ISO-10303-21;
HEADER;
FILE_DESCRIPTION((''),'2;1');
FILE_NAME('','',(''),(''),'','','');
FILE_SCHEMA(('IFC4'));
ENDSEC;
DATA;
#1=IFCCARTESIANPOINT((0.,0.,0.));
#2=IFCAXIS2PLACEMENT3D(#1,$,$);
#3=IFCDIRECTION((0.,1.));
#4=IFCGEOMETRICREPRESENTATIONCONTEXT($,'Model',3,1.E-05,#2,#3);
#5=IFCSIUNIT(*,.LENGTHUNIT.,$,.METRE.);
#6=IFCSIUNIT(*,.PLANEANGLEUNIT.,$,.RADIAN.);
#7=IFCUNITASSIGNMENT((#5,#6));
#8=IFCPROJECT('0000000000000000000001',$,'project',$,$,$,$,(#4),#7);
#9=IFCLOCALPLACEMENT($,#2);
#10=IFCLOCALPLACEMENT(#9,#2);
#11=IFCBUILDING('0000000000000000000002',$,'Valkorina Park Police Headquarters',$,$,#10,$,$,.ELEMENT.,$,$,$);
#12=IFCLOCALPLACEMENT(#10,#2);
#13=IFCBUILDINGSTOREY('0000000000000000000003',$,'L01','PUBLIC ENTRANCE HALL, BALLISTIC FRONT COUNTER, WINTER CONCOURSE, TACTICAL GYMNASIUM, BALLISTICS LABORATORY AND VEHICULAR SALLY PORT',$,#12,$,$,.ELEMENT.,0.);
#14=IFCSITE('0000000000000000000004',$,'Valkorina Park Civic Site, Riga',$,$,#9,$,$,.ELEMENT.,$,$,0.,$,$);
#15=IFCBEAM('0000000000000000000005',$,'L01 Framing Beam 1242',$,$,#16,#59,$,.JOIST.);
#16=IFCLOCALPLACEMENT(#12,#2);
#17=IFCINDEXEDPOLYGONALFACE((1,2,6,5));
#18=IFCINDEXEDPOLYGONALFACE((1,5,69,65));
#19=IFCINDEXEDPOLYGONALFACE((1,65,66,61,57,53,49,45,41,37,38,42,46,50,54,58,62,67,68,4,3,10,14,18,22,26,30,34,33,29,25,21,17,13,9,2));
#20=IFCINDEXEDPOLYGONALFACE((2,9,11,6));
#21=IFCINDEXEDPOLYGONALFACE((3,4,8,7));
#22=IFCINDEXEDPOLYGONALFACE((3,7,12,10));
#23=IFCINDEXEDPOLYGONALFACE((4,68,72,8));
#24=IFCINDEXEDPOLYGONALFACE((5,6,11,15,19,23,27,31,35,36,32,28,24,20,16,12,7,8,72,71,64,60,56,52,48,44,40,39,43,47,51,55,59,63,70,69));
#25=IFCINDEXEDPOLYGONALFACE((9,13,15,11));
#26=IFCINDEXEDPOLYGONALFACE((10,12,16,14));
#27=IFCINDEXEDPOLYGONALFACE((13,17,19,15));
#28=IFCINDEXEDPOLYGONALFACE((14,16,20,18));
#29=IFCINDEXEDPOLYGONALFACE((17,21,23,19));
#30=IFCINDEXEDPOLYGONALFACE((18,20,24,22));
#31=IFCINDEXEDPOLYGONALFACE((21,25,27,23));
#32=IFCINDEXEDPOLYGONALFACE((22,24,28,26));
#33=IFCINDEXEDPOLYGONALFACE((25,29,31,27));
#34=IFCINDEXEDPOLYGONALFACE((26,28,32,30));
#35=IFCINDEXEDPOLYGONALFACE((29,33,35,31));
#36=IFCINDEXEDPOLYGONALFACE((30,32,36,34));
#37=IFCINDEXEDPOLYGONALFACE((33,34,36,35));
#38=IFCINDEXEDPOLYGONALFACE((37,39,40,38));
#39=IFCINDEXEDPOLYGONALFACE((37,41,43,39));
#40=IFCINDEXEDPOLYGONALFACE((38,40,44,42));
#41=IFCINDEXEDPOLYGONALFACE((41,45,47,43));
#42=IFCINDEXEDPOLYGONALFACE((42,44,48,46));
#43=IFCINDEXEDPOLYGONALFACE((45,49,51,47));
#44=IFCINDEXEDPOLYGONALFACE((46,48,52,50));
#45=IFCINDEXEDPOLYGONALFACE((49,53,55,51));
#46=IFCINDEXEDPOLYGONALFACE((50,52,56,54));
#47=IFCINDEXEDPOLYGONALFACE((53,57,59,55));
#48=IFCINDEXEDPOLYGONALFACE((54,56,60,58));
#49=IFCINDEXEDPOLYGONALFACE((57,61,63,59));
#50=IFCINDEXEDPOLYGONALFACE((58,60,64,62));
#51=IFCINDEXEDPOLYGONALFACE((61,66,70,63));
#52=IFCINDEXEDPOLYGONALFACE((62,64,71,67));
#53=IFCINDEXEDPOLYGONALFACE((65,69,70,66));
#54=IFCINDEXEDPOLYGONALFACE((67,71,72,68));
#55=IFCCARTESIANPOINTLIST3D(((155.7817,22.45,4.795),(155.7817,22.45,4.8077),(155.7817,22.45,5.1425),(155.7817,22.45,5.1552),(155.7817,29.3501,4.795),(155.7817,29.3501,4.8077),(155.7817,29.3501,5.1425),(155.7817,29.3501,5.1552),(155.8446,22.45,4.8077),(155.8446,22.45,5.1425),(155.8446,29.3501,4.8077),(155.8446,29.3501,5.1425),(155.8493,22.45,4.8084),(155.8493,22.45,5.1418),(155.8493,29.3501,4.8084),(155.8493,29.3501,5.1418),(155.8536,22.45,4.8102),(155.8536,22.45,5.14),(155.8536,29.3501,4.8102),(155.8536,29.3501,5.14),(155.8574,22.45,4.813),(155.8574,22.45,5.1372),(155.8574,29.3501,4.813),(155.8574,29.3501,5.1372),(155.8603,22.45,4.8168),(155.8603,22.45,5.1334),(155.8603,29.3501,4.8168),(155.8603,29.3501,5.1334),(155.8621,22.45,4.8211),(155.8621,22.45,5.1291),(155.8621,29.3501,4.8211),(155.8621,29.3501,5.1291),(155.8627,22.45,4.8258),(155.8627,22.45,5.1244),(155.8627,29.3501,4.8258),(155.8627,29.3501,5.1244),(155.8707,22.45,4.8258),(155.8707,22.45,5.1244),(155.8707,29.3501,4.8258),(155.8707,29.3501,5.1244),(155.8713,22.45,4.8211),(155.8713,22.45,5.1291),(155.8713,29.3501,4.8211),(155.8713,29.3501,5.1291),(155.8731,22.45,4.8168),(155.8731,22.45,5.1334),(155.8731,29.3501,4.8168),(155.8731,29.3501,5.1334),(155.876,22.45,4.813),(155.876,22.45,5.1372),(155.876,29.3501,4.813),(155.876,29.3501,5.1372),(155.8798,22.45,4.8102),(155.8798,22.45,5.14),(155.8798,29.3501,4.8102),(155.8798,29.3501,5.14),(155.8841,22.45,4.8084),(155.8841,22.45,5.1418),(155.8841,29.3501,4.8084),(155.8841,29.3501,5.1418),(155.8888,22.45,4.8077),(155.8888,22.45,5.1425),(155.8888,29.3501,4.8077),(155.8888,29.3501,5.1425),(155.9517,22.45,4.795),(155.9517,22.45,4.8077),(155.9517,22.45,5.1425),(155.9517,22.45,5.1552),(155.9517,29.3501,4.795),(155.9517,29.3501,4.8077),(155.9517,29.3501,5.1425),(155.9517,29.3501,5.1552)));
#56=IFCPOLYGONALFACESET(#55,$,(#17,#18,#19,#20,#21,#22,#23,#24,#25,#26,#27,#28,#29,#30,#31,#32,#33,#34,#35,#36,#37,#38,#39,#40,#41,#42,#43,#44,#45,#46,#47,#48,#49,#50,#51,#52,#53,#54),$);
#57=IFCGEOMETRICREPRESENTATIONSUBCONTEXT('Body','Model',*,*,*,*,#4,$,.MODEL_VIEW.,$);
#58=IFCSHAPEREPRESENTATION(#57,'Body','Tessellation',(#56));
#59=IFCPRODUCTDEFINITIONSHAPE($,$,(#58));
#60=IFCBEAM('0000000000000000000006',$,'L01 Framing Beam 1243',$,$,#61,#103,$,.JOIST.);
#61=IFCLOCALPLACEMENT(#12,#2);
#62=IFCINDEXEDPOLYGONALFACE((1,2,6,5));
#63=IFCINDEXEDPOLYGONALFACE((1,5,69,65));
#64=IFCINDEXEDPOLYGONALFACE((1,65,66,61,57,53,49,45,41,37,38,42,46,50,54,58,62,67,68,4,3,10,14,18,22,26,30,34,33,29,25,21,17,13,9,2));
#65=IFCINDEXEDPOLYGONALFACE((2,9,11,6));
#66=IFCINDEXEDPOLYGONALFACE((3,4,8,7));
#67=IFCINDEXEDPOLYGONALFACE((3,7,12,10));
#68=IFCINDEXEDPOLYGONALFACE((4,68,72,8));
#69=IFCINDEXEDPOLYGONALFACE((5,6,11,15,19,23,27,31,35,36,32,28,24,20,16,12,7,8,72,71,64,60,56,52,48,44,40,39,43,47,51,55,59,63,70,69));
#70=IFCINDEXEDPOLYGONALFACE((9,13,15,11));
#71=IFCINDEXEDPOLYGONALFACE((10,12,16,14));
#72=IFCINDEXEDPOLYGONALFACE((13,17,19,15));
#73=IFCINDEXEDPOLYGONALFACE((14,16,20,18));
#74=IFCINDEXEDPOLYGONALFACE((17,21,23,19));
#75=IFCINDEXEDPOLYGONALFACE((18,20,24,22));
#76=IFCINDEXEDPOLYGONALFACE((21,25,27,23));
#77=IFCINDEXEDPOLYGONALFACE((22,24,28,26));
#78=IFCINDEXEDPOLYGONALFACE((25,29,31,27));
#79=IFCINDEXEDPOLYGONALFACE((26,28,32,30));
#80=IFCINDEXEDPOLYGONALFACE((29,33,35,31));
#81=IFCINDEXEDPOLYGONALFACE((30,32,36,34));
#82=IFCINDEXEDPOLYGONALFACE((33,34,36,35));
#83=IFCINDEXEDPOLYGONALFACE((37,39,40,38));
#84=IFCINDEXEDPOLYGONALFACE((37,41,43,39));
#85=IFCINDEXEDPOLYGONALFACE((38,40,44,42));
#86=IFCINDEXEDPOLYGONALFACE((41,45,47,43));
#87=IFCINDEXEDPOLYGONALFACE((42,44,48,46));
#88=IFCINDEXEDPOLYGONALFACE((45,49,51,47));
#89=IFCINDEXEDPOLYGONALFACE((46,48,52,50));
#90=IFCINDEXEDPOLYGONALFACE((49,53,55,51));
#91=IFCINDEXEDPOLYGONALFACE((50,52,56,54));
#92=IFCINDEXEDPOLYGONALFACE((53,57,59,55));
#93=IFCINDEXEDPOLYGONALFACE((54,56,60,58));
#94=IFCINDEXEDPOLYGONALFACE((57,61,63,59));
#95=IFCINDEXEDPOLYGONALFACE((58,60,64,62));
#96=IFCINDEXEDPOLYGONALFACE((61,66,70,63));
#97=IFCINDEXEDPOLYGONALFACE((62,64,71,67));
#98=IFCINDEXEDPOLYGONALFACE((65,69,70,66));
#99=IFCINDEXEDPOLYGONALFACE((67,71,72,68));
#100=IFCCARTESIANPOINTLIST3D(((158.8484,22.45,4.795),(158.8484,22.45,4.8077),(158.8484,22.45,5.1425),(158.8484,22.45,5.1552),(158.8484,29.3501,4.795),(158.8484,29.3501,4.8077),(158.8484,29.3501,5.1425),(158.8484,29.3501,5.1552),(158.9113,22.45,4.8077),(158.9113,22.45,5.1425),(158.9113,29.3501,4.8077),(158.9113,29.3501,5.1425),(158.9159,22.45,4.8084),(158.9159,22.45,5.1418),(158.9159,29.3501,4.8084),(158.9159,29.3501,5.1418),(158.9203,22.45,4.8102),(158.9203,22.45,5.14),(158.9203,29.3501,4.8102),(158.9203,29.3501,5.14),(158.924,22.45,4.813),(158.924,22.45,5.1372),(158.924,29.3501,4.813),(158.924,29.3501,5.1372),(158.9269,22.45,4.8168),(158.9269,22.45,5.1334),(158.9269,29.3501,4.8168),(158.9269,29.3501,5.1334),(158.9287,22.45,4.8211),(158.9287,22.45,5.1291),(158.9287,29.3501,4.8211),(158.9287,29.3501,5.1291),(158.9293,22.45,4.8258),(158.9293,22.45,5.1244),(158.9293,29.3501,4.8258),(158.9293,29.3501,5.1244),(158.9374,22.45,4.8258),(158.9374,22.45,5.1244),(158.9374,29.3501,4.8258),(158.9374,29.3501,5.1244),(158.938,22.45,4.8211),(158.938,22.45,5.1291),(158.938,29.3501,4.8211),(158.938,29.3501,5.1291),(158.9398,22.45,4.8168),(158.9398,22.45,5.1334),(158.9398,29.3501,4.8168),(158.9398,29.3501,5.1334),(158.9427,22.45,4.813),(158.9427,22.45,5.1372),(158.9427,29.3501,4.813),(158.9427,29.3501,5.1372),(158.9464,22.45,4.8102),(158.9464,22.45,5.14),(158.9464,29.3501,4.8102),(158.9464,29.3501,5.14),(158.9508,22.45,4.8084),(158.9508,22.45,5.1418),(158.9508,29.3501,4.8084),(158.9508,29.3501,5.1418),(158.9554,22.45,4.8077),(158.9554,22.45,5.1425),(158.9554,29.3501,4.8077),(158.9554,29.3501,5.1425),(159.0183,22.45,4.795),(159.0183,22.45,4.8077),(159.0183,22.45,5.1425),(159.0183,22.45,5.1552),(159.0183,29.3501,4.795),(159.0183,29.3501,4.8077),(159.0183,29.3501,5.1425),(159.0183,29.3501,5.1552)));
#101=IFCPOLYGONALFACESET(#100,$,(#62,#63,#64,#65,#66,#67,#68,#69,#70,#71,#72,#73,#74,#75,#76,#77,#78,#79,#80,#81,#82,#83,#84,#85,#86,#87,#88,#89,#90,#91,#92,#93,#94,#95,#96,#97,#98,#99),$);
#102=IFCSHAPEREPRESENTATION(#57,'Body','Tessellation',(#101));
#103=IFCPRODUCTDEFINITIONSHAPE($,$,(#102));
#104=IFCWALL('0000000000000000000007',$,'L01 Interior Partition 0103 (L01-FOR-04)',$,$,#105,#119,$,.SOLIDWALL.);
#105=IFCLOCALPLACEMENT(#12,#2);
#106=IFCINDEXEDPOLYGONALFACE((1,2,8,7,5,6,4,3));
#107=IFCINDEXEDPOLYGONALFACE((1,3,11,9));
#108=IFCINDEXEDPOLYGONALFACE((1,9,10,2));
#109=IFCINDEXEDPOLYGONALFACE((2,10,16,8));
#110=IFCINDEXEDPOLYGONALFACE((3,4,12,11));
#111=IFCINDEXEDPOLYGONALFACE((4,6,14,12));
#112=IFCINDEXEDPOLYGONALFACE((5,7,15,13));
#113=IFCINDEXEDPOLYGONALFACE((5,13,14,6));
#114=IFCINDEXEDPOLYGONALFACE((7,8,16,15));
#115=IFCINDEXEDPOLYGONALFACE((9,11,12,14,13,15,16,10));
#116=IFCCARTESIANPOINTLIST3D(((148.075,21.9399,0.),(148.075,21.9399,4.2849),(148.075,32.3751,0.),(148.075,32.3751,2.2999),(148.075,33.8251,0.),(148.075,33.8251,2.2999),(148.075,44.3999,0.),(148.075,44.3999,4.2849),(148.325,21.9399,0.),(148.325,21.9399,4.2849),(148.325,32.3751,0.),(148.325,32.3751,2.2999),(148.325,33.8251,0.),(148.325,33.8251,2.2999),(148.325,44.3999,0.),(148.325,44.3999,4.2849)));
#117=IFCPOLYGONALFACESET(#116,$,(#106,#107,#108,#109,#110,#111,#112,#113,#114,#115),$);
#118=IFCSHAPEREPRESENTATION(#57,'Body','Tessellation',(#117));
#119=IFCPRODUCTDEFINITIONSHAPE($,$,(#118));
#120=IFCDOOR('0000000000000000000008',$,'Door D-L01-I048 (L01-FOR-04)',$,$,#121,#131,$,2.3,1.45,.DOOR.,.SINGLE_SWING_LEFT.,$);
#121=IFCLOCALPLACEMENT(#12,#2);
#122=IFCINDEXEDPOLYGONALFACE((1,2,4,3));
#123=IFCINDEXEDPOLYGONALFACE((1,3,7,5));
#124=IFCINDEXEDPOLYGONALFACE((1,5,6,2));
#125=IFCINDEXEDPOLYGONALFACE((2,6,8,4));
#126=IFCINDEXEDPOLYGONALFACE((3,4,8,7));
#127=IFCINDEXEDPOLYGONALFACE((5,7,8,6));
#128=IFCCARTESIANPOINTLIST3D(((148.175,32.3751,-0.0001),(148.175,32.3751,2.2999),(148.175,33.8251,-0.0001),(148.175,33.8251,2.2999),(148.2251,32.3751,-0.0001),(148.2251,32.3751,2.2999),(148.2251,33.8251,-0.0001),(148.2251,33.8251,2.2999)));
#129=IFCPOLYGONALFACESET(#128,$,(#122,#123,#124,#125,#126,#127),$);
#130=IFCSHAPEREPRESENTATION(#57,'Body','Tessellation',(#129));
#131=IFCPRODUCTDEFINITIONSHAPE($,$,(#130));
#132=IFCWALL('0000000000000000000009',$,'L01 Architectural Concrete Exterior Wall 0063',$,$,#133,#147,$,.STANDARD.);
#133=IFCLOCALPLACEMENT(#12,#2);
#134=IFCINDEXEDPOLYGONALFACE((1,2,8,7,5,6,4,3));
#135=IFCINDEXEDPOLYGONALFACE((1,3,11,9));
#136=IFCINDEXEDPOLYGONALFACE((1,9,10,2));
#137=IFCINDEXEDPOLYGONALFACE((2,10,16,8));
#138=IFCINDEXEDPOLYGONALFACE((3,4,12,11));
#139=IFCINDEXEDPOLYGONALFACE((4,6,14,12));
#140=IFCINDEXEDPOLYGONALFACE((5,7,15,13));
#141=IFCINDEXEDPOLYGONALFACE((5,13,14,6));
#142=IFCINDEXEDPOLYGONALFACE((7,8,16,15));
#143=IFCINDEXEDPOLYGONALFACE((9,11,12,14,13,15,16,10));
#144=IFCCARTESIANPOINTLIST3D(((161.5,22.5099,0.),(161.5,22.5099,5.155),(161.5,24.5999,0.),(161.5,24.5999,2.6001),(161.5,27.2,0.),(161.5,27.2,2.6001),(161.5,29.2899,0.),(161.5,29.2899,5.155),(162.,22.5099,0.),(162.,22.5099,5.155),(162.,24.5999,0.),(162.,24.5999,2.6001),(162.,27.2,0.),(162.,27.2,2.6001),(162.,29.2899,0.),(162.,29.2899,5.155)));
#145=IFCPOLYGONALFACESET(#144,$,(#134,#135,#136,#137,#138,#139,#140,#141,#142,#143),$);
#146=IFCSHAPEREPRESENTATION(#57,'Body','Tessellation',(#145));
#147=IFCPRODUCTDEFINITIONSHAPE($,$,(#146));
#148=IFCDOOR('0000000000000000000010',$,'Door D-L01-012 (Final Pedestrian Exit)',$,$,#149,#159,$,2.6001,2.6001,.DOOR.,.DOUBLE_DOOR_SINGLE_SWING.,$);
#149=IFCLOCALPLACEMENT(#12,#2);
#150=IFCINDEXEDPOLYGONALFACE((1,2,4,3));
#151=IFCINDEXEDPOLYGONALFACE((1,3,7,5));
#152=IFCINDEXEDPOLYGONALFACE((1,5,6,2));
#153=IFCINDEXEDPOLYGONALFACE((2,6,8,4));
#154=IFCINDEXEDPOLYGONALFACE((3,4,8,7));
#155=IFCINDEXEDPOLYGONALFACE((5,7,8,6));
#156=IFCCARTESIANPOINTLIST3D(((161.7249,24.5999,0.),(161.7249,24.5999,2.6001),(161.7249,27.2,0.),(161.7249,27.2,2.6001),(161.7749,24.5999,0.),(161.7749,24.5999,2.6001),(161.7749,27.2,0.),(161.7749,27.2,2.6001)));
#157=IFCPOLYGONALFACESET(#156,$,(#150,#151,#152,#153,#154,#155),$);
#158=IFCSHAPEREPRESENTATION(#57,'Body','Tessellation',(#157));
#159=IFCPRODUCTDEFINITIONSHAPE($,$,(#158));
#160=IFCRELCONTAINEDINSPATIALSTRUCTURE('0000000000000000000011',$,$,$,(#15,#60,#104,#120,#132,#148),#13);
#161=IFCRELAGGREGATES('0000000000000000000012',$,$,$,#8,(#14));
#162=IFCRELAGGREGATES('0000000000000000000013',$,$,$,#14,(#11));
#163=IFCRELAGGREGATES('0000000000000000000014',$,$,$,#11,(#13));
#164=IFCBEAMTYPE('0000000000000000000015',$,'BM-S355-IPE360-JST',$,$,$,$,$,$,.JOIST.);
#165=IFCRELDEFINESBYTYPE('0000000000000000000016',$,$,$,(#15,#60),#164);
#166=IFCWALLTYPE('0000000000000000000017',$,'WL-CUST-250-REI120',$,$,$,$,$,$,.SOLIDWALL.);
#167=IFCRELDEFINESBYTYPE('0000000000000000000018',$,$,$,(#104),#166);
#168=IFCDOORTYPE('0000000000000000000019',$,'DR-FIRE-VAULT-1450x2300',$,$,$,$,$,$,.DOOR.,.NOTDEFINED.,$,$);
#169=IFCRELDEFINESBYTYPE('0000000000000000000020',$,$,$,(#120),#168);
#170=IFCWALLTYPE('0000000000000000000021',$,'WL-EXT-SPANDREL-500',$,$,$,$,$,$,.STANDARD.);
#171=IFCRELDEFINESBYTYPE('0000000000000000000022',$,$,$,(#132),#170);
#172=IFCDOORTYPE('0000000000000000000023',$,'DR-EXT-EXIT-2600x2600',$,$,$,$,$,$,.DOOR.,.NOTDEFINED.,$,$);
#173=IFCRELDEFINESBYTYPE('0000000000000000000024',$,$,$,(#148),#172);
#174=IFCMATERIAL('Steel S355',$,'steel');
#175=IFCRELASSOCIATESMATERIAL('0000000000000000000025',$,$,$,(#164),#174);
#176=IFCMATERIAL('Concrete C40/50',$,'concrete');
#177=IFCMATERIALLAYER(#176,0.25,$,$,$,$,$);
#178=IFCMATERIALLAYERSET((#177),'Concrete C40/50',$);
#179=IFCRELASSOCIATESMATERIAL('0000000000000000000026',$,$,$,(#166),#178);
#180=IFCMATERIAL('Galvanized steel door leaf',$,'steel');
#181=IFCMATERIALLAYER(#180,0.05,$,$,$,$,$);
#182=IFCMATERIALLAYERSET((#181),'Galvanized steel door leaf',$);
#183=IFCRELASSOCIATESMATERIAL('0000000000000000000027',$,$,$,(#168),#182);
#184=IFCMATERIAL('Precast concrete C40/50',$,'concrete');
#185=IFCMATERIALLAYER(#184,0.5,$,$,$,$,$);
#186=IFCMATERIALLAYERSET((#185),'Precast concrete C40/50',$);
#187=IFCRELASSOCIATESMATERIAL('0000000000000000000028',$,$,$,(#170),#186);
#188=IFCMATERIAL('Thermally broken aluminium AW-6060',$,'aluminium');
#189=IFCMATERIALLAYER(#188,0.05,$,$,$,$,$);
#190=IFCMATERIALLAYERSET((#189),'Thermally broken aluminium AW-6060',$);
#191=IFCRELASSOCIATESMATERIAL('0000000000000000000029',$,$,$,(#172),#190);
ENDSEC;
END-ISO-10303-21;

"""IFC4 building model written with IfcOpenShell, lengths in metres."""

from ifc_helpers import new_model, si_unit, direction, frame, frame_2d, origin, origin_2d, place, context, subcontext, project, spatial, rectangle, i_section, extrude, material, layer, layer_set, material_profile, profile_set, type_object, element, fill, save


model = new_model("IFC4")

# Units and contexts
model_context = context("Model", 3, precision=1e-05, world=origin(), true_north=direction((0.0, 1.0)))
body_context = subcontext(model_context, "Body", "Model", "MODEL_VIEW")
ifc_project = project(units=[si_unit("LENGTHUNIT", "METRE"), si_unit("PLANEANGLEUNIT", "RADIAN")], contexts=[model_context])

# Site, building, storey
site_placement = place(None, origin())
site = spatial("IfcSite", under=ifc_project, at=site_placement, Name="Valkorina Park Civic Site, Riga", CompositionType="ELEMENT", RefElevation=0.0)
building_placement = place(site_placement, origin())
building = spatial("IfcBuilding", under=site, at=building_placement, Name="Valkorina Park Police Headquarters", CompositionType="ELEMENT")
storey_placement = place(building_placement, origin())
storey = spatial("IfcBuildingStorey", under=building, at=storey_placement, Name="L01", Description="PUBLIC ENTRANCE HALL, BALLISTIC FRONT COUNTER, WINTER CONCOURSE, TACTICAL GYMNASIUM, BALLISTICS LABORATORY AND VEHICULAR SALLY PORT", CompositionType="ELEMENT", Elevation=0.0)

# Shared definitions
ifc_material_1 = material(Name="Concrete C40/50", Category="concrete")

# Beams
ifc_material_2 = material(Name="Steel S355", Category="steel")
ifc_material_profile_1 = material_profile(ifc_material_2, i_section(OverallWidth=0.1699, OverallDepth=0.3601, WebThickness=0.0081, FlangeThickness=0.0127, FilletRadius=0.0181, at=origin_2d()), Name="IPE 360")
ifc_profile_set_1 = profile_set([ifc_material_profile_1], Name="Steel S355")
beam_type_1 = type_object("IfcBeamType", Name="BM-S355-IPE360-JST", PredefinedType="JOIST", material=ifc_profile_set_1)
for number, where, z_axis, x_axis, name in (
    (1, (155.8667, 22.45, 4.9751), (0.0, 1.0, 0.0), (-1.0, 0.0, 0.0), "L01 Framing Beam 1242"),
    (2, (158.9333, 22.45, 4.9751), (0.0, 1.0, 0.0), (-1.0, 0.0, 0.0), "L01 Framing Beam 1243"),
):
    element("IfcBeam", number, at=place(storey_placement, frame(where, z_axis=z_axis, x_axis=x_axis)), inside=storey, type_object=beam_type_1, Name=name, PredefinedType="JOIST", context=body_context, shape_type="SweptSolid", body=[
        extrude(i_section(OverallWidth=0.1699, OverallDepth=0.3601, WebThickness=0.0081, FlangeThickness=0.0127, FilletRadius=0.0181, at=origin_2d()), origin(), (0.0, 0.0, 1.0), 6.9001),
    ])

# Walls, openings, doors
ifc_layer_1 = layer(ifc_material_1, 0.25)
ifc_layer_set_1 = layer_set([ifc_layer_1], Name="Concrete C40/50")
wall_type_1 = type_object("IfcWallType", Name="WL-CUST-250-REI120", PredefinedType="SOLIDWALL", material=ifc_layer_set_1)
wall_1_placement = place(storey_placement, frame((148.2, 21.9399, 0.0), z_axis=(0.0, 0.0, 1.0), x_axis=(0.0, 1.0, 0.0)))
wall_1 = element("IfcWall", 3, at=wall_1_placement, inside=storey, type_object=wall_type_1, Name="L01 Interior Partition 0103 (L01-FOR-04)", PredefinedType="SOLIDWALL", context=body_context, shape_type="SweptSolid", body=[
    extrude(rectangle(XDim=22.46, YDim=0.25, at=frame_2d((11.23, 0.0))), origin(), (0.0, 0.0, 1.0), 4.2849),
])
opening_1_placement = place(wall_1_placement, frame((10.4351, 0.0, 0.0)))
opening_1 = element("IfcOpeningElement", 4, at=opening_1_placement, cuts=wall_1, PredefinedType="OPENING", context=body_context, shape_type="SweptSolid", body=[
    extrude(rectangle(XDim=1.45, YDim=2.3, at=frame_2d((0.7251, 1.1499))), frame((0.0, 0.135, 0.0), z_axis=(0.0, -1.0, 0.0), x_axis=(1.0, 0.0, 0.0)), (0.0, 0.0, 1.0), 0.27),
])
ifc_material_3 = material(Name="Galvanized steel door leaf", Category="steel")
ifc_layer_2 = layer(ifc_material_3, 0.05)
ifc_layer_set_2 = layer_set([ifc_layer_2], Name="Galvanized steel door leaf")
door_type_1 = type_object("IfcDoorType", Name="DR-FIRE-VAULT-1450x2300", OperationType="NOTDEFINED", PredefinedType="DOOR", material=ifc_layer_set_2)
door_1_placement = place(opening_1_placement, origin())
door_1 = element("IfcDoor", 5, at=door_1_placement, inside=storey, type_object=door_type_1, Name="Door D-L01-I048 (L01-FOR-04)", OperationType="SINGLE_SWING_LEFT", OverallHeight=2.3, OverallWidth=1.45, PredefinedType="DOOR", context=body_context, shape_type="SweptSolid", body=[
    extrude(rectangle(XDim=1.45, YDim=2.3, at=frame_2d((0.7251, 1.1499))), frame((0.0, 0.0249, 0.0), z_axis=(0.0, -1.0, 0.0), x_axis=(1.0, 0.0, 0.0)), (0.0, 0.0, 1.0), 0.05),
])
fill(opening_1, door_1)
ifc_material_4 = material(Name="Precast concrete C40/50", Category="concrete")
ifc_layer_3 = layer(ifc_material_4, 0.5)
ifc_layer_set_3 = layer_set([ifc_layer_3], Name="Precast concrete C40/50")
wall_type_2 = type_object("IfcWallType", Name="WL-EXT-SPANDREL-500", PredefinedType="STANDARD", material=ifc_layer_set_3)
wall_2_placement = place(storey_placement, frame((161.75, 29.29, 0.0), z_axis=(0.0, 0.0, 1.0), x_axis=(0.0, -1.0, 0.0)))
wall_2 = element("IfcWall", 6, at=wall_2_placement, inside=storey, type_object=wall_type_2, Name="L01 Architectural Concrete Exterior Wall 0063", PredefinedType="STANDARD", context=body_context, shape_type="SweptSolid", body=[
    extrude(rectangle(XDim=6.78, YDim=0.5, at=frame_2d((3.3901, 0.0))), origin(), (0.0, 0.0, 1.0), 5.155),
])
opening_2_placement = place(wall_2_placement, frame((2.0901, 0.0, 0.0)))
opening_2 = element("IfcOpeningElement", 7, at=opening_2_placement, cuts=wall_2, PredefinedType="OPENING", context=body_context, shape_type="SweptSolid", body=[
    extrude(rectangle(XDim=2.6001, YDim=2.6001, at=frame_2d((1.3, 1.3))), frame((0.0, 0.26, 0.0), z_axis=(0.0, -1.0, 0.0), x_axis=(1.0, 0.0, 0.0)), (0.0, 0.0, 1.0), 0.52),
])
ifc_material_5 = material(Name="Thermally broken aluminium AW-6060", Category="aluminium")
ifc_layer_4 = layer(ifc_material_5, 0.05)
ifc_layer_set_4 = layer_set([ifc_layer_4], Name="Thermally broken aluminium AW-6060")
door_type_2 = type_object("IfcDoorType", Name="DR-EXT-EXIT-2600x2600", OperationType="NOTDEFINED", PredefinedType="DOOR", material=ifc_layer_set_4)
door_2_placement = place(opening_2_placement, origin())
door_2 = element("IfcDoor", 8, at=door_2_placement, inside=storey, type_object=door_type_2, Name="Door D-L01-012 (Final Pedestrian Exit)", OperationType="DOUBLE_DOOR_SINGLE_SWING", OverallHeight=2.6001, OverallWidth=2.6001, PredefinedType="DOOR", context=body_context, shape_type="SweptSolid", body=[
    extrude(rectangle(XDim=2.6001, YDim=2.6001, at=frame_2d((1.3, 1.3))), frame((0.0, 0.0249, 0.0), z_axis=(0.0, -1.0, 0.0), x_axis=(1.0, 0.0, 0.0)), (0.0, 0.0, 1.0), 0.05),
])
fill(opening_2, door_2)

save(model, "model.ifc")
